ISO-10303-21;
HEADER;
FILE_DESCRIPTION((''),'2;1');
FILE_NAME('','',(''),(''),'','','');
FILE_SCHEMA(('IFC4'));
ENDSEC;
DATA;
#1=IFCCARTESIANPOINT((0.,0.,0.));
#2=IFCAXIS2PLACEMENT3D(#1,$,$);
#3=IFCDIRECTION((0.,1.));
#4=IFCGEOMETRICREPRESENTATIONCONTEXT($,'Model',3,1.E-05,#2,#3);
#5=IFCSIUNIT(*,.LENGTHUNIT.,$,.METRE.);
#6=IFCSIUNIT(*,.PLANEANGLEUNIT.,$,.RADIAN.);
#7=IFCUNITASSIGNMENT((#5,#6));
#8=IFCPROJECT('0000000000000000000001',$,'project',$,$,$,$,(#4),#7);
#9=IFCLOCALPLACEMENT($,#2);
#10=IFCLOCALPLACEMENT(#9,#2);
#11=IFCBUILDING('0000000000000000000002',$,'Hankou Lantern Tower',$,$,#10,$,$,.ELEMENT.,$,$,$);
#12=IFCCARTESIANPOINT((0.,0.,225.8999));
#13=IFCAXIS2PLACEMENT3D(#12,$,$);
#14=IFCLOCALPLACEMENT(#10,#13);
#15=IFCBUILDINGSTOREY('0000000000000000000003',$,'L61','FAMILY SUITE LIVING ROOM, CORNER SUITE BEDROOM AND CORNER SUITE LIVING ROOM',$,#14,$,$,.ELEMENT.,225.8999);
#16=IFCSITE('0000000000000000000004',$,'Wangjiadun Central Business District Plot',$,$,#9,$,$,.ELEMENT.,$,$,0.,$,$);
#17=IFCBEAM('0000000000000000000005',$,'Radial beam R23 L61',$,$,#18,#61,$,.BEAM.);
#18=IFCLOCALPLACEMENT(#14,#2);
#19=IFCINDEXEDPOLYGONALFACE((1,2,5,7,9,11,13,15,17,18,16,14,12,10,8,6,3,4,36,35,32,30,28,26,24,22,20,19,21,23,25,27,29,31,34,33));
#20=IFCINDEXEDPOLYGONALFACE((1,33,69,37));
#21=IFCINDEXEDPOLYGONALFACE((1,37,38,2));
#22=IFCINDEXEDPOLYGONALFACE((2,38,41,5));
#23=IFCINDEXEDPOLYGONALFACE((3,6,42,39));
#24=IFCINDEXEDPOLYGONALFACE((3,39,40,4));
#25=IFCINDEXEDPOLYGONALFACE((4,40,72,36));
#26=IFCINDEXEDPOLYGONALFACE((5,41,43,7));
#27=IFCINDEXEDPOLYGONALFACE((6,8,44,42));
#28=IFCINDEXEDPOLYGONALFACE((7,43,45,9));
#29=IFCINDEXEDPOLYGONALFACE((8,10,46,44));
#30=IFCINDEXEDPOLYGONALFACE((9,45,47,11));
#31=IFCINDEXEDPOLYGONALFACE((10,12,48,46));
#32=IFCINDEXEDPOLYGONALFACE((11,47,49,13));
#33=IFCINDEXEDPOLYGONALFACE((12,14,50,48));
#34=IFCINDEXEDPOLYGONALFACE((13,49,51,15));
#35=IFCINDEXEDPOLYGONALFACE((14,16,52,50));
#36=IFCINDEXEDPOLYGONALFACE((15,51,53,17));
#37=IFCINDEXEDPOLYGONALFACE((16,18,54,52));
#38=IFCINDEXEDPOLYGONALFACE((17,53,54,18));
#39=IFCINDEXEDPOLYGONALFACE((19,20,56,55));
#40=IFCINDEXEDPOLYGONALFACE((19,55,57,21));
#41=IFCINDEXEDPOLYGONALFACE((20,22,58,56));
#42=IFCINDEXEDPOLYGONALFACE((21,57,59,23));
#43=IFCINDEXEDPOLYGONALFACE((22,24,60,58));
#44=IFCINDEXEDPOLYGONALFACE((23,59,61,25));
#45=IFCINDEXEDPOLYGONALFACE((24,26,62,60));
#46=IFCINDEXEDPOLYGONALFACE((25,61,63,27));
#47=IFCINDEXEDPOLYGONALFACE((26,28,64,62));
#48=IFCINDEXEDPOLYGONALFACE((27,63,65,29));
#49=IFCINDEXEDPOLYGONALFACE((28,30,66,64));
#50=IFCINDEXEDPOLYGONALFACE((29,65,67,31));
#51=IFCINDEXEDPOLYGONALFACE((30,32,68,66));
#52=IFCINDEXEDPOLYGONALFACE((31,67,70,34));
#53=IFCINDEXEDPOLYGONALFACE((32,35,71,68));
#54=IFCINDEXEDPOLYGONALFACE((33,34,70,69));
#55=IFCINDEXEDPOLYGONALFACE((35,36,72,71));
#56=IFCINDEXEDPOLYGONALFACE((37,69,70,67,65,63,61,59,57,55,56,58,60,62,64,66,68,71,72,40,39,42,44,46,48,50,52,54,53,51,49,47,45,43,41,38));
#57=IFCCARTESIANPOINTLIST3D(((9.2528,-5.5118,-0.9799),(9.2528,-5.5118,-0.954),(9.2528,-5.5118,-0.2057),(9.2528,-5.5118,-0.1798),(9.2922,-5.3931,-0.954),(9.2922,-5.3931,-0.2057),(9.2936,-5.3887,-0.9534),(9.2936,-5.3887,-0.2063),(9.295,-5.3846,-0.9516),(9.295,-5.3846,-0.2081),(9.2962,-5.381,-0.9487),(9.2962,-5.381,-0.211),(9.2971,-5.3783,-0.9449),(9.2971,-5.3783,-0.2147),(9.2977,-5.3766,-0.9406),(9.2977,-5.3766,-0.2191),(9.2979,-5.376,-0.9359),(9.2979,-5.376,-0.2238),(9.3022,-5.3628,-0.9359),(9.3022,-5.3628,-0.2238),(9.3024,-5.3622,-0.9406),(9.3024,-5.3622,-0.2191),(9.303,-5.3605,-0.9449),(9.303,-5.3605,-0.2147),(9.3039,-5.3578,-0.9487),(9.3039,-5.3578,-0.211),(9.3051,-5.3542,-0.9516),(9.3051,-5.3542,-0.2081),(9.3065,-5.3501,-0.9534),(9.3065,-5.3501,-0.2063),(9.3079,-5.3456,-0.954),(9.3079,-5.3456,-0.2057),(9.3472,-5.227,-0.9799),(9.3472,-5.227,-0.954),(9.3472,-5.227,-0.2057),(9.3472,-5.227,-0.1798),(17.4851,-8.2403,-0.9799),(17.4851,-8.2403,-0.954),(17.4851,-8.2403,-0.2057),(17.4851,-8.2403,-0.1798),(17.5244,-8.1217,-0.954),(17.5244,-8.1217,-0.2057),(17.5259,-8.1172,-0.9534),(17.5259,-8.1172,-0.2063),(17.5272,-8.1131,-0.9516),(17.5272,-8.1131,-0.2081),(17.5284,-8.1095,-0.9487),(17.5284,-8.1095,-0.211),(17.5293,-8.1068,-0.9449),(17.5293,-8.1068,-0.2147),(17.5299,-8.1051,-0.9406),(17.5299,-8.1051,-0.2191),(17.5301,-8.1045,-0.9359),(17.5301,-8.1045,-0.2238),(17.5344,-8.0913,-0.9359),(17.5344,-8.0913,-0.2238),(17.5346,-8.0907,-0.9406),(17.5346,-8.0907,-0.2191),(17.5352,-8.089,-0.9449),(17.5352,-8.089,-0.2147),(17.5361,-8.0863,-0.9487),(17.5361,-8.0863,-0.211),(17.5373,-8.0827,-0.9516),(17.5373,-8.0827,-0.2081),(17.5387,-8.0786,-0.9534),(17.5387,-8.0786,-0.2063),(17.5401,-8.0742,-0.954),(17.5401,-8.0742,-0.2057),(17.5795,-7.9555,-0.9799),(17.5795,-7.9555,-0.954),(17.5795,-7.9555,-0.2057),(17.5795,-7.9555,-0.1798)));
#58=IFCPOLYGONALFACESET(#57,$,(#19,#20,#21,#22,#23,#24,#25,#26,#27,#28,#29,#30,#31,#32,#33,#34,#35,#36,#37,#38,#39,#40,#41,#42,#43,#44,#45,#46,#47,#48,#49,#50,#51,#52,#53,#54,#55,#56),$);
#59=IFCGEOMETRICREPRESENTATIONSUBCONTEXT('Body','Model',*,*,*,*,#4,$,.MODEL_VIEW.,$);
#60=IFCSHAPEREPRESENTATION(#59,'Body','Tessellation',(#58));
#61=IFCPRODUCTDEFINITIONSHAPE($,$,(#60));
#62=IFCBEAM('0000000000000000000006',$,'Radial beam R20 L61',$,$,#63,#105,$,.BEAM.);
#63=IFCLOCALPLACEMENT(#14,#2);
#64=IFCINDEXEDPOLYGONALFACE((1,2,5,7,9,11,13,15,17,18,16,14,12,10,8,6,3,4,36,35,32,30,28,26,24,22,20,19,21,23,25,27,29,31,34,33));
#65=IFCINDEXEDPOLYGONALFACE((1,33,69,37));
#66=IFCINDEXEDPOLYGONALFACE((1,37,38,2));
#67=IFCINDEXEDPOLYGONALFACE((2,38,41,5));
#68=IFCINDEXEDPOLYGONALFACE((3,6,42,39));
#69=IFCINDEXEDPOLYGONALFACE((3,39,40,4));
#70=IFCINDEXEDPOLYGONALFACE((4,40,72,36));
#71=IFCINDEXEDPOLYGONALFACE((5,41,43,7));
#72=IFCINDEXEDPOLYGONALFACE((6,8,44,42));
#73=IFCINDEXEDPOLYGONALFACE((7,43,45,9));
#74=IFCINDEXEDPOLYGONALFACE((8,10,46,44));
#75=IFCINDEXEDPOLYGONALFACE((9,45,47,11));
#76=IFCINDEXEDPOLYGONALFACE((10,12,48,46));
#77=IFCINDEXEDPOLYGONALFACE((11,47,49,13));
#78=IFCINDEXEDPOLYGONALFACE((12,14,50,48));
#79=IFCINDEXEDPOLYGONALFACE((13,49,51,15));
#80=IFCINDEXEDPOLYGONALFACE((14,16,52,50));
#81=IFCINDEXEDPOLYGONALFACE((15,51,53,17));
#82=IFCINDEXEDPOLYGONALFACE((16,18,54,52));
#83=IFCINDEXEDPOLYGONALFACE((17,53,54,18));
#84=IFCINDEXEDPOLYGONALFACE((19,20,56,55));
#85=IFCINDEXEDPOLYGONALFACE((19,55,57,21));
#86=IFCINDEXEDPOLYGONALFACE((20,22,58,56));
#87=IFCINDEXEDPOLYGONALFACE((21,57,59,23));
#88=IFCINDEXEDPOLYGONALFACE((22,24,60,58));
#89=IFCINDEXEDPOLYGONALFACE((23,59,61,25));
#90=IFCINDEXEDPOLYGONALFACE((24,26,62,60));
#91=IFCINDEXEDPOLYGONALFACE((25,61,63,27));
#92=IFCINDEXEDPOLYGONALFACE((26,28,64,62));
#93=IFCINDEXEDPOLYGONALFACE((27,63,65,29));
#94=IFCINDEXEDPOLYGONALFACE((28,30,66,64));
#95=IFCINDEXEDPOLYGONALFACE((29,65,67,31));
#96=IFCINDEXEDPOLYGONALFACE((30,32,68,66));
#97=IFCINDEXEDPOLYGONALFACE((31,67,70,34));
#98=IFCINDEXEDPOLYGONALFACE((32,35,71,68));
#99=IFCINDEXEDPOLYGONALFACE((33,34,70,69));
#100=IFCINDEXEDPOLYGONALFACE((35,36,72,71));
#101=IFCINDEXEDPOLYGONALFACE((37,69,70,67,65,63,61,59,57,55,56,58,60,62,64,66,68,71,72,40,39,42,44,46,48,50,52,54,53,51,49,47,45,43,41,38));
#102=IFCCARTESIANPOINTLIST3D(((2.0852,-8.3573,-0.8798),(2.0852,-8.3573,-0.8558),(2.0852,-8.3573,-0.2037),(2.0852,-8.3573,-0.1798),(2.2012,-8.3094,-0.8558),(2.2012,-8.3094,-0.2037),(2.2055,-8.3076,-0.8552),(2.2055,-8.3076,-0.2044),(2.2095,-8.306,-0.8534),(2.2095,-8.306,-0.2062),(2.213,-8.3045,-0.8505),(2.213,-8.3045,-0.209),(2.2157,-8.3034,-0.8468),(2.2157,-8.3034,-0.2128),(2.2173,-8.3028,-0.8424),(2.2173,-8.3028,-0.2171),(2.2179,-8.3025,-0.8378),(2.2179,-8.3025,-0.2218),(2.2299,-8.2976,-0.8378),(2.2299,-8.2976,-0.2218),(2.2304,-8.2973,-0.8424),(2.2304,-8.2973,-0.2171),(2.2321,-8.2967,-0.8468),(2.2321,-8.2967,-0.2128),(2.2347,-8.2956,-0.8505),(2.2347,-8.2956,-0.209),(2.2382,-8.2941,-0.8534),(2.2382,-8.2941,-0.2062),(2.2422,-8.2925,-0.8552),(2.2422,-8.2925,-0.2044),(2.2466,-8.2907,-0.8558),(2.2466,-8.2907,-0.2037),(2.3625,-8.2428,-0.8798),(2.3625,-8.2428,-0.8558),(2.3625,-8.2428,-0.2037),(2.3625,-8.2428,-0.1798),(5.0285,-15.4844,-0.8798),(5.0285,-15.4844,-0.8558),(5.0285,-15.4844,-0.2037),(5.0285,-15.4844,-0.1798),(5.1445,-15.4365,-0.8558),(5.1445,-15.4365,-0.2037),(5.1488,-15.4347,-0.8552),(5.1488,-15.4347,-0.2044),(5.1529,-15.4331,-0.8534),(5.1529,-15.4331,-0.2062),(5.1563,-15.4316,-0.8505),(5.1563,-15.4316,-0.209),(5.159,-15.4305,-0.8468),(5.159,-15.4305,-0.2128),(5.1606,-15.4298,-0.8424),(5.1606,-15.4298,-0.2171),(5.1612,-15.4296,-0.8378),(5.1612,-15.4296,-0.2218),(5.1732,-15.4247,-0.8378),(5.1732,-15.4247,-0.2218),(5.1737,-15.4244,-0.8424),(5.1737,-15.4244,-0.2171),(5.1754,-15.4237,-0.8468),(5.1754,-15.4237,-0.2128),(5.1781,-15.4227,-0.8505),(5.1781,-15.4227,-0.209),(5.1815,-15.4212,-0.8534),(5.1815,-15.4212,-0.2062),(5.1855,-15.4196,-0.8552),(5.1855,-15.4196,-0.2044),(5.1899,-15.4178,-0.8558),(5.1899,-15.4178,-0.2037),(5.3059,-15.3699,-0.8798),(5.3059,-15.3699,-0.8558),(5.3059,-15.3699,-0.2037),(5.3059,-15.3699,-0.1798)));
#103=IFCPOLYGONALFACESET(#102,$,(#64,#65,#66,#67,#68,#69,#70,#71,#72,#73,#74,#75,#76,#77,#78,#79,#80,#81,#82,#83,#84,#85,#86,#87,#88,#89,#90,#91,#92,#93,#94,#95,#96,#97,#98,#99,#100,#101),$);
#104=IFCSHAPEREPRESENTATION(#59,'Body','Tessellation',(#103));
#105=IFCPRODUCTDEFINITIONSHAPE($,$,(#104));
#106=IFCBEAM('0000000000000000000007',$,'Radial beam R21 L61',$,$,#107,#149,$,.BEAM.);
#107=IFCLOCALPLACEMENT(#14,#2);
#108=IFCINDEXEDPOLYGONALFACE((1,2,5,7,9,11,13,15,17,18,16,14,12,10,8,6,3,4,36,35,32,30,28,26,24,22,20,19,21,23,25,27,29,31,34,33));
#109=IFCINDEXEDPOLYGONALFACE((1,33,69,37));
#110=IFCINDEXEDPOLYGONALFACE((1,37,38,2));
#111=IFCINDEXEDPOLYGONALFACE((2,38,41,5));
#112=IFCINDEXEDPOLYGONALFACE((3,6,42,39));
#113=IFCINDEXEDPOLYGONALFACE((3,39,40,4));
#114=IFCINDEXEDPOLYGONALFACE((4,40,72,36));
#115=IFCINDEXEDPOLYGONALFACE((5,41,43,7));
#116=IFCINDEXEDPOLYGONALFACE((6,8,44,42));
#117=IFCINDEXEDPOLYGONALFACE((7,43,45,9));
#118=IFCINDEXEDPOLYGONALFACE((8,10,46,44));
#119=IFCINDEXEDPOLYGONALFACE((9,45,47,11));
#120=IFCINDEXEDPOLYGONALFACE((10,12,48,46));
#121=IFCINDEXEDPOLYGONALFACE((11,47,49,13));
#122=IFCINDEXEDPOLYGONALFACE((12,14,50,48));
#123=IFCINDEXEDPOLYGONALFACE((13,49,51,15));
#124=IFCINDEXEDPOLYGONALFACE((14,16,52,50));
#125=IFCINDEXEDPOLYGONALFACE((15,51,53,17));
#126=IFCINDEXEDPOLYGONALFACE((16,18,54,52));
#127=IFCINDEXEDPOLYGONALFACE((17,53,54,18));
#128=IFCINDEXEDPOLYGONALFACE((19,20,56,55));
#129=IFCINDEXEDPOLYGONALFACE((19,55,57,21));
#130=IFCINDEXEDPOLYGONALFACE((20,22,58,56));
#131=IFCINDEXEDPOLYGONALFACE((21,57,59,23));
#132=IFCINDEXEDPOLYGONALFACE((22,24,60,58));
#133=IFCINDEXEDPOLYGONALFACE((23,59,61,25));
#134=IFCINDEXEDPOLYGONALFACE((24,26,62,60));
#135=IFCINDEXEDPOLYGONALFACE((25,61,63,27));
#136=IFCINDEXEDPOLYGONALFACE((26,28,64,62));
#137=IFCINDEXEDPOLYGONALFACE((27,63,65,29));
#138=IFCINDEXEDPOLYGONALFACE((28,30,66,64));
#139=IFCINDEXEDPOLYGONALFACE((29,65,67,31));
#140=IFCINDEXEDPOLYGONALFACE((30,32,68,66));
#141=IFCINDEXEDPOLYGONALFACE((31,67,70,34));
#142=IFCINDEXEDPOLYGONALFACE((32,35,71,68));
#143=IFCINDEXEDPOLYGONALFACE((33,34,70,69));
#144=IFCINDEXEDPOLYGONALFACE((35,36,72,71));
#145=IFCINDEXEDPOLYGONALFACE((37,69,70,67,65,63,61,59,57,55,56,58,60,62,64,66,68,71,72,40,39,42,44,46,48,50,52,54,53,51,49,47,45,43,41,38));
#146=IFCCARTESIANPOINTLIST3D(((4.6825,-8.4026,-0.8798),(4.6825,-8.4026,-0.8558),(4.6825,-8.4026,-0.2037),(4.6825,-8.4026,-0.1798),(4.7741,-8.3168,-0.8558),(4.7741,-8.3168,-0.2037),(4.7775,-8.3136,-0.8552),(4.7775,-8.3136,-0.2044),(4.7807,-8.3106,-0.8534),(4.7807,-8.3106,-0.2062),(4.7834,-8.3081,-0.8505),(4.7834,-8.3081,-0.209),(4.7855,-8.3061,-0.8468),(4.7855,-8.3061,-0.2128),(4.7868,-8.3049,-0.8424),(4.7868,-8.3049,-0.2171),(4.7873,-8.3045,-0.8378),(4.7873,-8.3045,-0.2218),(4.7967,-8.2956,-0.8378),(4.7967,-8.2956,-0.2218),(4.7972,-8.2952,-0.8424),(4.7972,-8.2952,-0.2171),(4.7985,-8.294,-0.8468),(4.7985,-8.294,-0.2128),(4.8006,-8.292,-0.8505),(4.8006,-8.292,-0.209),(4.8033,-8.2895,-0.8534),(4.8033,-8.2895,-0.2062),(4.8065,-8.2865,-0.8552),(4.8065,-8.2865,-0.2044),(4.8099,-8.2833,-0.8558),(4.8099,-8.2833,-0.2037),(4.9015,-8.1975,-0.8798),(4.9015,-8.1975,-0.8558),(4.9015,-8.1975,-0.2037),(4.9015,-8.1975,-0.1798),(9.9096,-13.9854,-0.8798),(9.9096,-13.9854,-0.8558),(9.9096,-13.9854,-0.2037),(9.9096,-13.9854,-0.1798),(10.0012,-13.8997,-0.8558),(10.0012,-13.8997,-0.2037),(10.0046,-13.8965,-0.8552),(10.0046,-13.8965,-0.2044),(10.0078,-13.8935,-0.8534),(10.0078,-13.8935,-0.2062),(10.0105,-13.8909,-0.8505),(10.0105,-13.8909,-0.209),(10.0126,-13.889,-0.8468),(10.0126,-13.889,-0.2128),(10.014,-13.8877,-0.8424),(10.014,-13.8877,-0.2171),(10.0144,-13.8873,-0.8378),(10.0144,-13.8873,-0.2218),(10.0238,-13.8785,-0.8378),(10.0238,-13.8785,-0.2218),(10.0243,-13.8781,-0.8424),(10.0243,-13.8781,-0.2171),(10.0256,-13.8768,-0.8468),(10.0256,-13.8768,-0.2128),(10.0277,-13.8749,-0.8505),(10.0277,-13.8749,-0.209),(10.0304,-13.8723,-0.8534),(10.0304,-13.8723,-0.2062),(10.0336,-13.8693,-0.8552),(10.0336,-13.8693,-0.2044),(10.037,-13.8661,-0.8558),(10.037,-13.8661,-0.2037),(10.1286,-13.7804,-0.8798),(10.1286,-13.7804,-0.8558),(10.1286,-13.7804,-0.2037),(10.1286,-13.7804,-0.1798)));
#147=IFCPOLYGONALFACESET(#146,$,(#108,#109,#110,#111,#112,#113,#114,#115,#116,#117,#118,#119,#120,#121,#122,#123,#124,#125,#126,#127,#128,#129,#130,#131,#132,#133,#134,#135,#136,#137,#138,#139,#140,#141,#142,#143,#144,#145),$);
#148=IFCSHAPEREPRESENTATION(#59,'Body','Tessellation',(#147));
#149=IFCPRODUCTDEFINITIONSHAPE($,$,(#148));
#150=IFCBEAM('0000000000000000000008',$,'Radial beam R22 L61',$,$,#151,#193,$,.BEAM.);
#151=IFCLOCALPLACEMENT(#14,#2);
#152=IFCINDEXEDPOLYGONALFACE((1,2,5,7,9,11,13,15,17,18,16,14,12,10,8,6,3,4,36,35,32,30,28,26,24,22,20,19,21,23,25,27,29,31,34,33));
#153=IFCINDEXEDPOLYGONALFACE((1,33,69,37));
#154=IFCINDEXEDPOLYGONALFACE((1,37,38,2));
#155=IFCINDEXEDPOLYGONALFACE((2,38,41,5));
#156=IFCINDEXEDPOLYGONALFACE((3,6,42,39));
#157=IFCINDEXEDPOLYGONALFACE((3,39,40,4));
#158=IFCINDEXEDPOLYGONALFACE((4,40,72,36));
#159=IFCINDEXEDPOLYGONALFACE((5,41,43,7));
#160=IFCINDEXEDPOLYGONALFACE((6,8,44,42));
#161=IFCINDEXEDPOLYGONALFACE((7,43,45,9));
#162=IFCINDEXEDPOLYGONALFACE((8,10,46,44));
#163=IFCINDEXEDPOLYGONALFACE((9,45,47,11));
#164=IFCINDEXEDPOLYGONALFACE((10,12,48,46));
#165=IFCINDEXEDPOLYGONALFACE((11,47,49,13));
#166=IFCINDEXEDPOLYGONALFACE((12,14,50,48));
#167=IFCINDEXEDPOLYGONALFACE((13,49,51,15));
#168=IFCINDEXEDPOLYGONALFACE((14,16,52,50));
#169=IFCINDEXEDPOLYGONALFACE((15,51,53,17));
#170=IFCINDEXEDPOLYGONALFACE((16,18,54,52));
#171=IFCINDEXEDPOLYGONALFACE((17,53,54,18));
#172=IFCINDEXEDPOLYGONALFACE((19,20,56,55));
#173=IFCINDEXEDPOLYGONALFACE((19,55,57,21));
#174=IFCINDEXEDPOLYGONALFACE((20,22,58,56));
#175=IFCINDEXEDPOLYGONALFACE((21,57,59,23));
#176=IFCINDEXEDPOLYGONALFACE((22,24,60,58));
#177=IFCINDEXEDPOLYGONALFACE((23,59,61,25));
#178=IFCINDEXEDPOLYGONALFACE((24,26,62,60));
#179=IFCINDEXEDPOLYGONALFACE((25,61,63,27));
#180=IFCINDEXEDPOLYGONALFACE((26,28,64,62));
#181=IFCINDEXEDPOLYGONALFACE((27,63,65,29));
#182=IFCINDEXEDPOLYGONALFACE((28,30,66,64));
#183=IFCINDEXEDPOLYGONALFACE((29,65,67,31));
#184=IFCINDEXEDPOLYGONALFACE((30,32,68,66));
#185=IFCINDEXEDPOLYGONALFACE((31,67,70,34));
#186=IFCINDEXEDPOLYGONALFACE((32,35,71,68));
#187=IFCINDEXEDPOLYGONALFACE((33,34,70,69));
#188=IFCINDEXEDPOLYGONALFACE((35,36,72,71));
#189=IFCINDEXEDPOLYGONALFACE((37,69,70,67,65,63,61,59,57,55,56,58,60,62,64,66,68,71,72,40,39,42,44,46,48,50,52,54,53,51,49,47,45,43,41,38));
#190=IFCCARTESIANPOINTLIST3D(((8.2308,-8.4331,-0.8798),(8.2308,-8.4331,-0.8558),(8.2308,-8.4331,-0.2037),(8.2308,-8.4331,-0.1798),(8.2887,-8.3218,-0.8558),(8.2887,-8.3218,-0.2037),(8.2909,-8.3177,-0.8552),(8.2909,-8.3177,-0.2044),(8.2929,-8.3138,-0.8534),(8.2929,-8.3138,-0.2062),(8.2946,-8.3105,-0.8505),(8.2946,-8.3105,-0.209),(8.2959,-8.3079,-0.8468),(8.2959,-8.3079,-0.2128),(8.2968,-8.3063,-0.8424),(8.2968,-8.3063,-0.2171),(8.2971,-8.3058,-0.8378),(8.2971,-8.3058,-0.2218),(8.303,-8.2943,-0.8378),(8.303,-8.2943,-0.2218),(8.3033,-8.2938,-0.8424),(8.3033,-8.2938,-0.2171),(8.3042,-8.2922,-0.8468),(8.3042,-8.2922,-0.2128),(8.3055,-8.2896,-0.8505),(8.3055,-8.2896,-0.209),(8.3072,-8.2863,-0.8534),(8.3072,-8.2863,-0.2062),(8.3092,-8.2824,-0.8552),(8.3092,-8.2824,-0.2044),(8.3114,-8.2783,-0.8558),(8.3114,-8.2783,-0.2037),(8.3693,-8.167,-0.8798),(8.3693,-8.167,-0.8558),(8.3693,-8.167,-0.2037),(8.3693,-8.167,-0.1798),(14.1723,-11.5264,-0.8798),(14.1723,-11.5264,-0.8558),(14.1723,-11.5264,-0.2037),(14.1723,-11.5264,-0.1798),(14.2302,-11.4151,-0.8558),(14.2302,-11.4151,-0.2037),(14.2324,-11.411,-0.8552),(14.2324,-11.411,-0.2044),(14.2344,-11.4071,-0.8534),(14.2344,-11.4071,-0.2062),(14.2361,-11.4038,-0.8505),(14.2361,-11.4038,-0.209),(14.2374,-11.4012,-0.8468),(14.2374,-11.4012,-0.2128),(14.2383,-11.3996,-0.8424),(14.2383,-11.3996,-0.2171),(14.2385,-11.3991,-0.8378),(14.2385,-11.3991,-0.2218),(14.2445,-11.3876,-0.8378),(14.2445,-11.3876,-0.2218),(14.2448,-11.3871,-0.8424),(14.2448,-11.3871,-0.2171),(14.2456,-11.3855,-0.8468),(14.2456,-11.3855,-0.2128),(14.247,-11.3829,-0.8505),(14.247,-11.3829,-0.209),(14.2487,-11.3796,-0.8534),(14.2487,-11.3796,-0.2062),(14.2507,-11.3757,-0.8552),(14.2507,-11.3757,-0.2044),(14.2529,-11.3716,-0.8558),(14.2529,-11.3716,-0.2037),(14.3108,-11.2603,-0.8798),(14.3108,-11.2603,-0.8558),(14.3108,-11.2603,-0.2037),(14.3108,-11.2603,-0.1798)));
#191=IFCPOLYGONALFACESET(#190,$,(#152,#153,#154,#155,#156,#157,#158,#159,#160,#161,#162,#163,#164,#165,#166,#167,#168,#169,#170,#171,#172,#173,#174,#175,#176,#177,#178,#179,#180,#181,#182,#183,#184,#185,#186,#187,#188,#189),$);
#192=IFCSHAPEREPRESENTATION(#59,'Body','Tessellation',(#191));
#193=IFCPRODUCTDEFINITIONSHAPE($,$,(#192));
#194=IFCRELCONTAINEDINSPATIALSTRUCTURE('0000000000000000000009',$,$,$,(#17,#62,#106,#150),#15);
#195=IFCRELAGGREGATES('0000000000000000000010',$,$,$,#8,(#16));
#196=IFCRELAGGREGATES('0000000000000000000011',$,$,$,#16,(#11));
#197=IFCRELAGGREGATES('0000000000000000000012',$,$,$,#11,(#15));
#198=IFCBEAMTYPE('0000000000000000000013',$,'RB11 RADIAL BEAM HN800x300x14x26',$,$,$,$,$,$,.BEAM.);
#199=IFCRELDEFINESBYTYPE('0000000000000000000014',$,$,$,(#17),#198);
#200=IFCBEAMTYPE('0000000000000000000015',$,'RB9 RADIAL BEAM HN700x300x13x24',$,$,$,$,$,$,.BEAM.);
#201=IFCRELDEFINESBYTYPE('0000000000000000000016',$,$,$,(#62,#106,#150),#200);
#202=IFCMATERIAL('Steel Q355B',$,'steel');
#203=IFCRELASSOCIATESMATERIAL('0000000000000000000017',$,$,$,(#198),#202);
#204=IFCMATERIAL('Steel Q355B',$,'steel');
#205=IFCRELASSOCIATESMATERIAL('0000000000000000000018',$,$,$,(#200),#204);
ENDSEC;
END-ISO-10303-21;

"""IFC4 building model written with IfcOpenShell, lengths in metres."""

from ifc_helpers import new_model, si_unit, direction, frame, origin, origin_2d, place, context, subcontext, project, spatial, i_section, extrude, material, material_profile, profile_set, type_object, element, save


model = new_model("IFC4")

# Units and contexts
model_context = context("Model", 3, precision=1e-05, world=origin(), true_north=direction((0.0, 1.0)))
body_context = subcontext(model_context, "Body", "Model", "MODEL_VIEW")
ifc_project = project(units=[si_unit("LENGTHUNIT", "METRE"), si_unit("PLANEANGLEUNIT", "RADIAN")], contexts=[model_context])

# Site, building, storey
site_placement = place(None, origin())
site = spatial("IfcSite", under=ifc_project, at=site_placement, Name="Wangjiadun Central Business District Plot", CompositionType="ELEMENT", RefElevation=0.0)
building_placement = place(site_placement, origin())
building = spatial("IfcBuilding", under=site, at=building_placement, Name="Hankou Lantern Tower", CompositionType="ELEMENT")
storey_placement = place(building_placement, frame((0.0, 0.0, 225.8999)))
storey = spatial("IfcBuildingStorey", under=building, at=storey_placement, Name="L61", Description="FAMILY SUITE LIVING ROOM, CORNER SUITE BEDROOM AND CORNER SUITE LIVING ROOM", CompositionType="ELEMENT", Elevation=225.8999)

# Beams
ifc_material_1 = material(Name="Steel Q355B", Category="steel")
ifc_material_profile_1 = material_profile(ifc_material_1, i_section(OverallWidth=0.3, OverallDepth=0.8, WebThickness=0.0139, FlangeThickness=0.0259, FilletRadius=0.0181, at=origin_2d()), Name="HN800x300x14x26")
ifc_profile_set_1 = profile_set([ifc_material_profile_1], Name="Steel Q355B")
beam_type_1 = type_object("IfcBeamType", Name="RB11 RADIAL BEAM HN800x300x14x26", PredefinedType="BEAM", material=ifc_profile_set_1)
beam_1_placement = place(storey_placement, frame((9.3, -5.3694, -0.5798), z_axis=(0.94922, -0.314614, 0.0), x_axis=(0.314614, 0.94922, 0.0)))
element("IfcBeam", 1, at=beam_1_placement, inside=storey, type_object=beam_type_1, Name="Radial beam R23 L61", PredefinedType="BEAM", context=body_context, shape_type="SweptSolid", body=[
    extrude(i_section(OverallWidth=0.3, OverallDepth=0.8, WebThickness=0.0139, FlangeThickness=0.0259, FilletRadius=0.0181, at=origin_2d()), origin(), (0.0, 0.0, 1.0), 8.6726),
])
ifc_material_2 = material(Name="Steel Q355B", Category="steel")
ifc_material_profile_2 = material_profile(ifc_material_2, i_section(OverallWidth=0.3, OverallDepth=0.7, WebThickness=0.0129, FlangeThickness=0.0239, FilletRadius=0.0181, at=origin_2d()), Name="HN700x300x13x24")
ifc_profile_set_2 = profile_set([ifc_material_profile_2], Name="Steel Q355B")
beam_type_2 = type_object("IfcBeamType", Name="RB9 RADIAL BEAM HN700x300x13x24", PredefinedType="BEAM", material=ifc_profile_set_2)
beam_2_placement = place(storey_placement, frame((2.2239, -8.3, -0.5298), z_axis=(0.381707, -0.924284, 0.0), x_axis=(0.924284, 0.381707, 0.0)))
element("IfcBeam", 2, at=beam_2_placement, inside=storey, type_object=beam_type_2, Name="Radial beam R20 L61", PredefinedType="BEAM", context=body_context, shape_type="SweptSolid", body=[
    extrude(i_section(OverallWidth=0.3, OverallDepth=0.7, WebThickness=0.0129, FlangeThickness=0.0239, FilletRadius=0.0181, at=origin_2d()), origin(), (0.0, 0.0, 1.0), 7.7109),
])
beam_3_placement = place(storey_placement, frame((4.792, -8.3, -0.5298), z_axis=(0.683468, -0.72998, 0.0), x_axis=(0.72998, 0.683468, 0.0)))
element("IfcBeam", 3, at=beam_3_placement, inside=storey, type_object=beam_type_2, Name="Radial beam R21 L61", PredefinedType="BEAM", context=body_context, shape_type="SweptSolid", body=[
    extrude(i_section(OverallWidth=0.3, OverallDepth=0.7, WebThickness=0.0129, FlangeThickness=0.0239, FilletRadius=0.0181, at=origin_2d()), origin(), (0.0, 0.0, 1.0), 7.6479),
])
beam_4_placement = place(storey_placement, frame((8.3, -8.3, -0.5298), z_axis=(0.886989, -0.461791, 0.0), x_axis=(0.461791, 0.886989, 0.0)))
element("IfcBeam", 4, at=beam_4_placement, inside=storey, type_object=beam_type_2, Name="Radial beam R22 L61", PredefinedType="BEAM", context=body_context, shape_type="SweptSolid", body=[
    extrude(i_section(OverallWidth=0.3, OverallDepth=0.7, WebThickness=0.0129, FlangeThickness=0.0239, FilletRadius=0.0181, at=origin_2d()), origin(), (0.0, 0.0, 1.0), 6.6985),
])

save(model, "model.ifc")
